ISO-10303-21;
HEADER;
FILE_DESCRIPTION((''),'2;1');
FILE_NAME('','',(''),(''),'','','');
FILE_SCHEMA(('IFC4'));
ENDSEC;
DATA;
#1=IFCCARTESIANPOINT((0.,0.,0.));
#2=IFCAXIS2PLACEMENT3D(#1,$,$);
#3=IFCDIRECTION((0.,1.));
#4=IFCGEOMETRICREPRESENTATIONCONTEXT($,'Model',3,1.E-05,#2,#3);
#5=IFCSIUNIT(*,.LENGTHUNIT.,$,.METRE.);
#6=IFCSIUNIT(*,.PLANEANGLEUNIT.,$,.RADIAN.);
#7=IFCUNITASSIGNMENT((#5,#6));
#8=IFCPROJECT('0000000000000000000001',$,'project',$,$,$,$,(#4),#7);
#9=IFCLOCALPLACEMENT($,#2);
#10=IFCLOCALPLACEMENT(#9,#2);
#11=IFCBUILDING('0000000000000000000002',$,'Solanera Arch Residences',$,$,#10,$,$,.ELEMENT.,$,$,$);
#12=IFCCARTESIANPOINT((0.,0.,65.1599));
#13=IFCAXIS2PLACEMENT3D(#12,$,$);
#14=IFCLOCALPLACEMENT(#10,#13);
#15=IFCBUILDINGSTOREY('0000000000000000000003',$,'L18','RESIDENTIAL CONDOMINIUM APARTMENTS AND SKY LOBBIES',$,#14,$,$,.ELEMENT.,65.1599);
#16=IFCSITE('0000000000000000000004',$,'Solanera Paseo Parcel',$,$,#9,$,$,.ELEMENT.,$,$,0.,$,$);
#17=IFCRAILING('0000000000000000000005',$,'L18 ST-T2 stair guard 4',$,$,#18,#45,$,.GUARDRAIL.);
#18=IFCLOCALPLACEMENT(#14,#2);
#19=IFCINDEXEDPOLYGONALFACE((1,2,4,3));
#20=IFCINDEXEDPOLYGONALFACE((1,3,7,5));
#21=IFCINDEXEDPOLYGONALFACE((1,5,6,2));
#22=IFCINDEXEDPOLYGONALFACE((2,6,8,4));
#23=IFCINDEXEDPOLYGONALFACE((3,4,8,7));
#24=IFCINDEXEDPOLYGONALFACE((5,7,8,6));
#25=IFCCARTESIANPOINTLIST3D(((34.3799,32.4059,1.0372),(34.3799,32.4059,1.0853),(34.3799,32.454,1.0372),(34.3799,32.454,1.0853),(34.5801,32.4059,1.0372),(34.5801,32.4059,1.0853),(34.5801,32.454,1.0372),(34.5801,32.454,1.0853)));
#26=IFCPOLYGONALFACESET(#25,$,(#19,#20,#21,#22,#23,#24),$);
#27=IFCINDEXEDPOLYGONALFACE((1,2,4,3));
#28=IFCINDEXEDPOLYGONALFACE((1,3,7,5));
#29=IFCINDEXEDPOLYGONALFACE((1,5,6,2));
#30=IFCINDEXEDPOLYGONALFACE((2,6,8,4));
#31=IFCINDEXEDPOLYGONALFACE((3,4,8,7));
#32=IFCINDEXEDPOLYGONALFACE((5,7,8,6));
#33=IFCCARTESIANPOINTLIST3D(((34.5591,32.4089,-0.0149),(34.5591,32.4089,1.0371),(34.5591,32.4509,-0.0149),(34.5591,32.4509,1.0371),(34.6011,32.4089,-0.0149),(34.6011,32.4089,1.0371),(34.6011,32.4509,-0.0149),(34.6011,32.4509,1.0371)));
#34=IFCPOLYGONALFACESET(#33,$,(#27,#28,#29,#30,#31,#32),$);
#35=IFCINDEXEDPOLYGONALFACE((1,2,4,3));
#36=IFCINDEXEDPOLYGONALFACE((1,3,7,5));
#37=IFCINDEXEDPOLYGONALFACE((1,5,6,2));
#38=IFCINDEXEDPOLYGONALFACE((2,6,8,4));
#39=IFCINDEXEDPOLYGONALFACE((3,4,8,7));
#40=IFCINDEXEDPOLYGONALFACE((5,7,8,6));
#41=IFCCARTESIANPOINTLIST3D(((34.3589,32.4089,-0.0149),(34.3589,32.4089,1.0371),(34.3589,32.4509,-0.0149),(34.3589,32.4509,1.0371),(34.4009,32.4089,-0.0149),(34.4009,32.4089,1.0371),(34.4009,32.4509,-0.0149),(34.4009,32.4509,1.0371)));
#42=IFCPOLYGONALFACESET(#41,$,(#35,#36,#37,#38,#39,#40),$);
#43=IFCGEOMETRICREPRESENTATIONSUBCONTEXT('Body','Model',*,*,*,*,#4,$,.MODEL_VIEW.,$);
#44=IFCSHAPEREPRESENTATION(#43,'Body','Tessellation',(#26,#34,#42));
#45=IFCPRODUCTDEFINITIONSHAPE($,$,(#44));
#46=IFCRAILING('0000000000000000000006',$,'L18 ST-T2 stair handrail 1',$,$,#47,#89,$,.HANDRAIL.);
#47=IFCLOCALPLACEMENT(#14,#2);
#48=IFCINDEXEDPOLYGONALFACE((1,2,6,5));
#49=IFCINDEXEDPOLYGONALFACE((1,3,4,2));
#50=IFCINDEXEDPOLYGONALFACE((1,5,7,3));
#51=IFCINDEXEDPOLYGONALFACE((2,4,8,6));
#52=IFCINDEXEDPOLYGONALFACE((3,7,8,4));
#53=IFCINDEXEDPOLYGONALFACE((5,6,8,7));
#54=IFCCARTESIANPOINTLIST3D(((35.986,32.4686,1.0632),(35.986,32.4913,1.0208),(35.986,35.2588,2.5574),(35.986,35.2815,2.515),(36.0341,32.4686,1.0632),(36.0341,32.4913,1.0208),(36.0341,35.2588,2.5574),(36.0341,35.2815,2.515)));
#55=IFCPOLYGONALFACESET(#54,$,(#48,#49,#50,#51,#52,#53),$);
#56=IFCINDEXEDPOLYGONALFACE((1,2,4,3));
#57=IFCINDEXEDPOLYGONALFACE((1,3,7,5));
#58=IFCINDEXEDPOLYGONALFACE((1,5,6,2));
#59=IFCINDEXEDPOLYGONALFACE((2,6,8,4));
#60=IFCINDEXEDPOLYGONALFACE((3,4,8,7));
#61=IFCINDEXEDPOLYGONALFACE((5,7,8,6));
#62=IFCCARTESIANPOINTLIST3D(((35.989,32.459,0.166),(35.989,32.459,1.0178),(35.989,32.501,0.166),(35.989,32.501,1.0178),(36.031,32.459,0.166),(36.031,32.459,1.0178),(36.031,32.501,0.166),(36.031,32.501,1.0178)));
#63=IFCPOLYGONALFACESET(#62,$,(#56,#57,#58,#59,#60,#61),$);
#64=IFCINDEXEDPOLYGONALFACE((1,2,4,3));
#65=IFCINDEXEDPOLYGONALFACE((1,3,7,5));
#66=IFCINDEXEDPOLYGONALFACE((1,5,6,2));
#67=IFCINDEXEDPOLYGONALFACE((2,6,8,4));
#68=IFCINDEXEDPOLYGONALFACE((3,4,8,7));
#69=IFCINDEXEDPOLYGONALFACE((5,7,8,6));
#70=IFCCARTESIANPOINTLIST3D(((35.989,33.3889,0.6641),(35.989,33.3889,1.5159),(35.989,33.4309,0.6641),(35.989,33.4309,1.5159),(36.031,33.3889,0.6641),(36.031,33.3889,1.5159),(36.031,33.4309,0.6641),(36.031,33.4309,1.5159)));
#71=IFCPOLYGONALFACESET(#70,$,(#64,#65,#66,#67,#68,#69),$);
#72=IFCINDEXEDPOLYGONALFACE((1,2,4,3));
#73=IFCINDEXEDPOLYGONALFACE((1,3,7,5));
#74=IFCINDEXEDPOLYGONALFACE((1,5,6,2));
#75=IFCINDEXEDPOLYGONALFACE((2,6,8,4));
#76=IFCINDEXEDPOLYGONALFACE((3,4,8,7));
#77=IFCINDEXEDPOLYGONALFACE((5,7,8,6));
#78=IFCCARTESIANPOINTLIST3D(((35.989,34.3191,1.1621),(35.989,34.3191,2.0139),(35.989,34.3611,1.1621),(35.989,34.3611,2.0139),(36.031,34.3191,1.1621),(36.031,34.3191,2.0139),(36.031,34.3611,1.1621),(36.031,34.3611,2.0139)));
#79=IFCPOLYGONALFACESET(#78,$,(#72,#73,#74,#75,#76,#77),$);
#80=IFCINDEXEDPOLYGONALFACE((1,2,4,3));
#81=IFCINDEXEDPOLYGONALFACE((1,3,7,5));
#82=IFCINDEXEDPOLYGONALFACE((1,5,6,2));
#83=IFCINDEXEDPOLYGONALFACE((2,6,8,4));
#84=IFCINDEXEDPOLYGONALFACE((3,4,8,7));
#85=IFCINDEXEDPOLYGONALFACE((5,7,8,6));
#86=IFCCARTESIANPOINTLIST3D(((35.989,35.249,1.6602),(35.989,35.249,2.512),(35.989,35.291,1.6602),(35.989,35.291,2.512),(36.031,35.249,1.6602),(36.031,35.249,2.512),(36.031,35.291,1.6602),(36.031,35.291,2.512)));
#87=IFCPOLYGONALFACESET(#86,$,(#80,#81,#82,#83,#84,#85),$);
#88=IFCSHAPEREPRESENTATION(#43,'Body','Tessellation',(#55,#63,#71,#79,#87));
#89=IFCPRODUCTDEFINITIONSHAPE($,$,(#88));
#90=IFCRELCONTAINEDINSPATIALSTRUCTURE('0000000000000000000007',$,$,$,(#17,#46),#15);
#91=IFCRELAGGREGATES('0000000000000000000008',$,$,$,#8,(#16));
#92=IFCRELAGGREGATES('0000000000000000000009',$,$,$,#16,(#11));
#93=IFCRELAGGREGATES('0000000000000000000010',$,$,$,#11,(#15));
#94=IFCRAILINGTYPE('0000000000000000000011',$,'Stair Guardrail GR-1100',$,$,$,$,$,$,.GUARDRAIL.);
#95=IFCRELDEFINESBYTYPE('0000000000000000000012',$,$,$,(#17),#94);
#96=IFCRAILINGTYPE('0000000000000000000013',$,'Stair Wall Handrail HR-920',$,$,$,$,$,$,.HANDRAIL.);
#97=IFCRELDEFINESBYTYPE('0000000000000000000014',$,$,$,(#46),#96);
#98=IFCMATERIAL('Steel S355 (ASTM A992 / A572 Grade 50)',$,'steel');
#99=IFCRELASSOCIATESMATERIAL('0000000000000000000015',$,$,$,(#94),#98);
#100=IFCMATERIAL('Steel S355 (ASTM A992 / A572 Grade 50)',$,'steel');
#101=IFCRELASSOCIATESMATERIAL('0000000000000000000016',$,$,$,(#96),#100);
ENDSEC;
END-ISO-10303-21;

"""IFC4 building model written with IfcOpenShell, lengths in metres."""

from ifc_helpers import new_model, si_unit, direction, frame, origin, origin_2d, place, context, subcontext, project, spatial, rectangle, extrude, material, type_object, element, save


model = new_model("IFC4")

# Units and contexts
model_context = context("Model", 3, precision=1e-05, world=origin(), true_north=direction((0.0, 1.0)))
body_context = subcontext(model_context, "Body", "Model", "MODEL_VIEW")
ifc_project = project(units=[si_unit("LENGTHUNIT", "METRE"), si_unit("PLANEANGLEUNIT", "RADIAN")], contexts=[model_context])

# Site, building, storey
site_placement = place(None, origin())
site = spatial("IfcSite", under=ifc_project, at=site_placement, Name="Solanera Paseo Parcel", CompositionType="ELEMENT", RefElevation=0.0)
building_placement = place(site_placement, origin())
building = spatial("IfcBuilding", under=site, at=building_placement, Name="Solanera Arch Residences", CompositionType="ELEMENT")
storey_placement = place(building_placement, frame((0.0, 0.0, 65.1599)))
storey = spatial("IfcBuildingStorey", under=building, at=storey_placement, Name="L18", Description="RESIDENTIAL CONDOMINIUM APARTMENTS AND SKY LOBBIES", CompositionType="ELEMENT", Elevation=65.1599)

# Railings
ifc_material_1 = material(Name="Steel S355 (ASTM A992 / A572 Grade 50)", Category="steel")
railing_type_1 = type_object("IfcRailingType", Name="Stair Guardrail GR-1100", PredefinedType="GUARDRAIL", material=ifc_material_1)
railing_1_placement = place(storey_placement, frame((34.5801, 32.4299, -0.0149)))
element("IfcRailing", 1, at=railing_1_placement, inside=storey, type_object=railing_type_1, Name="L18 ST-T2 stair guard 4", PredefinedType="GUARDRAIL", context=body_context, shape_type="SweptSolid", body=[
    extrude(rectangle(XDim=0.0481, YDim=0.0481, at=origin_2d()), frame((0.0, 0.0, 1.0762), z_axis=(-1.0, 0.0, 0.0), x_axis=(0.0, -1.0, 0.0)), (0.0, 0.0, 1.0), 0.2002),
    extrude(rectangle(XDim=0.042, YDim=0.042, at=origin_2d()), origin(), (0.0, 0.0, 1.0), 1.052),
    extrude(rectangle(XDim=0.042, YDim=0.042, at=origin_2d()), frame((-0.2002, 0.0, 0.0)), (0.0, 0.0, 1.0), 1.052),
])
ifc_material_2 = material(Name="Steel S355 (ASTM A992 / A572 Grade 50)", Category="steel")
railing_type_2 = type_object("IfcRailingType", Name="Stair Wall Handrail HR-920", PredefinedType="HANDRAIL", material=ifc_material_2)
railing_2_placement = place(storey_placement, frame((36.01, 32.48, 0.166)))
element("IfcRailing", 2, at=railing_2_placement, inside=storey, type_object=railing_type_2, Name="L18 ST-T2 stair handrail 1", PredefinedType="HANDRAIL", context=body_context, shape_type="SweptSolid", body=[
    extrude(rectangle(XDim=0.0481, YDim=0.0481, at=origin_2d()), frame((0.0, 0.0, 0.876), z_axis=(0.0, 0.881549, 0.472093), x_axis=(-1.0, 0.0, 0.0)), (0.0, 0.0, 1.0), 3.165),
    extrude(rectangle(XDim=0.042, YDim=0.042, at=origin_2d()), origin(), (0.0, 0.0, 1.0), 0.8518),
    extrude(rectangle(XDim=0.042, YDim=0.042, at=origin_2d()), frame((0.0, 0.9299, 0.498)), (0.0, 0.0, 1.0), 0.8518),
    extrude(rectangle(XDim=0.042, YDim=0.042, at=origin_2d()), frame((0.0, 1.8601, 0.9961)), (0.0, 0.0, 1.0), 0.8518),
    extrude(rectangle(XDim=0.042, YDim=0.042, at=origin_2d()), frame((0.0, 2.79, 1.4941)), (0.0, 0.0, 1.0), 0.8518),
])

save(model, "model.ifc")
